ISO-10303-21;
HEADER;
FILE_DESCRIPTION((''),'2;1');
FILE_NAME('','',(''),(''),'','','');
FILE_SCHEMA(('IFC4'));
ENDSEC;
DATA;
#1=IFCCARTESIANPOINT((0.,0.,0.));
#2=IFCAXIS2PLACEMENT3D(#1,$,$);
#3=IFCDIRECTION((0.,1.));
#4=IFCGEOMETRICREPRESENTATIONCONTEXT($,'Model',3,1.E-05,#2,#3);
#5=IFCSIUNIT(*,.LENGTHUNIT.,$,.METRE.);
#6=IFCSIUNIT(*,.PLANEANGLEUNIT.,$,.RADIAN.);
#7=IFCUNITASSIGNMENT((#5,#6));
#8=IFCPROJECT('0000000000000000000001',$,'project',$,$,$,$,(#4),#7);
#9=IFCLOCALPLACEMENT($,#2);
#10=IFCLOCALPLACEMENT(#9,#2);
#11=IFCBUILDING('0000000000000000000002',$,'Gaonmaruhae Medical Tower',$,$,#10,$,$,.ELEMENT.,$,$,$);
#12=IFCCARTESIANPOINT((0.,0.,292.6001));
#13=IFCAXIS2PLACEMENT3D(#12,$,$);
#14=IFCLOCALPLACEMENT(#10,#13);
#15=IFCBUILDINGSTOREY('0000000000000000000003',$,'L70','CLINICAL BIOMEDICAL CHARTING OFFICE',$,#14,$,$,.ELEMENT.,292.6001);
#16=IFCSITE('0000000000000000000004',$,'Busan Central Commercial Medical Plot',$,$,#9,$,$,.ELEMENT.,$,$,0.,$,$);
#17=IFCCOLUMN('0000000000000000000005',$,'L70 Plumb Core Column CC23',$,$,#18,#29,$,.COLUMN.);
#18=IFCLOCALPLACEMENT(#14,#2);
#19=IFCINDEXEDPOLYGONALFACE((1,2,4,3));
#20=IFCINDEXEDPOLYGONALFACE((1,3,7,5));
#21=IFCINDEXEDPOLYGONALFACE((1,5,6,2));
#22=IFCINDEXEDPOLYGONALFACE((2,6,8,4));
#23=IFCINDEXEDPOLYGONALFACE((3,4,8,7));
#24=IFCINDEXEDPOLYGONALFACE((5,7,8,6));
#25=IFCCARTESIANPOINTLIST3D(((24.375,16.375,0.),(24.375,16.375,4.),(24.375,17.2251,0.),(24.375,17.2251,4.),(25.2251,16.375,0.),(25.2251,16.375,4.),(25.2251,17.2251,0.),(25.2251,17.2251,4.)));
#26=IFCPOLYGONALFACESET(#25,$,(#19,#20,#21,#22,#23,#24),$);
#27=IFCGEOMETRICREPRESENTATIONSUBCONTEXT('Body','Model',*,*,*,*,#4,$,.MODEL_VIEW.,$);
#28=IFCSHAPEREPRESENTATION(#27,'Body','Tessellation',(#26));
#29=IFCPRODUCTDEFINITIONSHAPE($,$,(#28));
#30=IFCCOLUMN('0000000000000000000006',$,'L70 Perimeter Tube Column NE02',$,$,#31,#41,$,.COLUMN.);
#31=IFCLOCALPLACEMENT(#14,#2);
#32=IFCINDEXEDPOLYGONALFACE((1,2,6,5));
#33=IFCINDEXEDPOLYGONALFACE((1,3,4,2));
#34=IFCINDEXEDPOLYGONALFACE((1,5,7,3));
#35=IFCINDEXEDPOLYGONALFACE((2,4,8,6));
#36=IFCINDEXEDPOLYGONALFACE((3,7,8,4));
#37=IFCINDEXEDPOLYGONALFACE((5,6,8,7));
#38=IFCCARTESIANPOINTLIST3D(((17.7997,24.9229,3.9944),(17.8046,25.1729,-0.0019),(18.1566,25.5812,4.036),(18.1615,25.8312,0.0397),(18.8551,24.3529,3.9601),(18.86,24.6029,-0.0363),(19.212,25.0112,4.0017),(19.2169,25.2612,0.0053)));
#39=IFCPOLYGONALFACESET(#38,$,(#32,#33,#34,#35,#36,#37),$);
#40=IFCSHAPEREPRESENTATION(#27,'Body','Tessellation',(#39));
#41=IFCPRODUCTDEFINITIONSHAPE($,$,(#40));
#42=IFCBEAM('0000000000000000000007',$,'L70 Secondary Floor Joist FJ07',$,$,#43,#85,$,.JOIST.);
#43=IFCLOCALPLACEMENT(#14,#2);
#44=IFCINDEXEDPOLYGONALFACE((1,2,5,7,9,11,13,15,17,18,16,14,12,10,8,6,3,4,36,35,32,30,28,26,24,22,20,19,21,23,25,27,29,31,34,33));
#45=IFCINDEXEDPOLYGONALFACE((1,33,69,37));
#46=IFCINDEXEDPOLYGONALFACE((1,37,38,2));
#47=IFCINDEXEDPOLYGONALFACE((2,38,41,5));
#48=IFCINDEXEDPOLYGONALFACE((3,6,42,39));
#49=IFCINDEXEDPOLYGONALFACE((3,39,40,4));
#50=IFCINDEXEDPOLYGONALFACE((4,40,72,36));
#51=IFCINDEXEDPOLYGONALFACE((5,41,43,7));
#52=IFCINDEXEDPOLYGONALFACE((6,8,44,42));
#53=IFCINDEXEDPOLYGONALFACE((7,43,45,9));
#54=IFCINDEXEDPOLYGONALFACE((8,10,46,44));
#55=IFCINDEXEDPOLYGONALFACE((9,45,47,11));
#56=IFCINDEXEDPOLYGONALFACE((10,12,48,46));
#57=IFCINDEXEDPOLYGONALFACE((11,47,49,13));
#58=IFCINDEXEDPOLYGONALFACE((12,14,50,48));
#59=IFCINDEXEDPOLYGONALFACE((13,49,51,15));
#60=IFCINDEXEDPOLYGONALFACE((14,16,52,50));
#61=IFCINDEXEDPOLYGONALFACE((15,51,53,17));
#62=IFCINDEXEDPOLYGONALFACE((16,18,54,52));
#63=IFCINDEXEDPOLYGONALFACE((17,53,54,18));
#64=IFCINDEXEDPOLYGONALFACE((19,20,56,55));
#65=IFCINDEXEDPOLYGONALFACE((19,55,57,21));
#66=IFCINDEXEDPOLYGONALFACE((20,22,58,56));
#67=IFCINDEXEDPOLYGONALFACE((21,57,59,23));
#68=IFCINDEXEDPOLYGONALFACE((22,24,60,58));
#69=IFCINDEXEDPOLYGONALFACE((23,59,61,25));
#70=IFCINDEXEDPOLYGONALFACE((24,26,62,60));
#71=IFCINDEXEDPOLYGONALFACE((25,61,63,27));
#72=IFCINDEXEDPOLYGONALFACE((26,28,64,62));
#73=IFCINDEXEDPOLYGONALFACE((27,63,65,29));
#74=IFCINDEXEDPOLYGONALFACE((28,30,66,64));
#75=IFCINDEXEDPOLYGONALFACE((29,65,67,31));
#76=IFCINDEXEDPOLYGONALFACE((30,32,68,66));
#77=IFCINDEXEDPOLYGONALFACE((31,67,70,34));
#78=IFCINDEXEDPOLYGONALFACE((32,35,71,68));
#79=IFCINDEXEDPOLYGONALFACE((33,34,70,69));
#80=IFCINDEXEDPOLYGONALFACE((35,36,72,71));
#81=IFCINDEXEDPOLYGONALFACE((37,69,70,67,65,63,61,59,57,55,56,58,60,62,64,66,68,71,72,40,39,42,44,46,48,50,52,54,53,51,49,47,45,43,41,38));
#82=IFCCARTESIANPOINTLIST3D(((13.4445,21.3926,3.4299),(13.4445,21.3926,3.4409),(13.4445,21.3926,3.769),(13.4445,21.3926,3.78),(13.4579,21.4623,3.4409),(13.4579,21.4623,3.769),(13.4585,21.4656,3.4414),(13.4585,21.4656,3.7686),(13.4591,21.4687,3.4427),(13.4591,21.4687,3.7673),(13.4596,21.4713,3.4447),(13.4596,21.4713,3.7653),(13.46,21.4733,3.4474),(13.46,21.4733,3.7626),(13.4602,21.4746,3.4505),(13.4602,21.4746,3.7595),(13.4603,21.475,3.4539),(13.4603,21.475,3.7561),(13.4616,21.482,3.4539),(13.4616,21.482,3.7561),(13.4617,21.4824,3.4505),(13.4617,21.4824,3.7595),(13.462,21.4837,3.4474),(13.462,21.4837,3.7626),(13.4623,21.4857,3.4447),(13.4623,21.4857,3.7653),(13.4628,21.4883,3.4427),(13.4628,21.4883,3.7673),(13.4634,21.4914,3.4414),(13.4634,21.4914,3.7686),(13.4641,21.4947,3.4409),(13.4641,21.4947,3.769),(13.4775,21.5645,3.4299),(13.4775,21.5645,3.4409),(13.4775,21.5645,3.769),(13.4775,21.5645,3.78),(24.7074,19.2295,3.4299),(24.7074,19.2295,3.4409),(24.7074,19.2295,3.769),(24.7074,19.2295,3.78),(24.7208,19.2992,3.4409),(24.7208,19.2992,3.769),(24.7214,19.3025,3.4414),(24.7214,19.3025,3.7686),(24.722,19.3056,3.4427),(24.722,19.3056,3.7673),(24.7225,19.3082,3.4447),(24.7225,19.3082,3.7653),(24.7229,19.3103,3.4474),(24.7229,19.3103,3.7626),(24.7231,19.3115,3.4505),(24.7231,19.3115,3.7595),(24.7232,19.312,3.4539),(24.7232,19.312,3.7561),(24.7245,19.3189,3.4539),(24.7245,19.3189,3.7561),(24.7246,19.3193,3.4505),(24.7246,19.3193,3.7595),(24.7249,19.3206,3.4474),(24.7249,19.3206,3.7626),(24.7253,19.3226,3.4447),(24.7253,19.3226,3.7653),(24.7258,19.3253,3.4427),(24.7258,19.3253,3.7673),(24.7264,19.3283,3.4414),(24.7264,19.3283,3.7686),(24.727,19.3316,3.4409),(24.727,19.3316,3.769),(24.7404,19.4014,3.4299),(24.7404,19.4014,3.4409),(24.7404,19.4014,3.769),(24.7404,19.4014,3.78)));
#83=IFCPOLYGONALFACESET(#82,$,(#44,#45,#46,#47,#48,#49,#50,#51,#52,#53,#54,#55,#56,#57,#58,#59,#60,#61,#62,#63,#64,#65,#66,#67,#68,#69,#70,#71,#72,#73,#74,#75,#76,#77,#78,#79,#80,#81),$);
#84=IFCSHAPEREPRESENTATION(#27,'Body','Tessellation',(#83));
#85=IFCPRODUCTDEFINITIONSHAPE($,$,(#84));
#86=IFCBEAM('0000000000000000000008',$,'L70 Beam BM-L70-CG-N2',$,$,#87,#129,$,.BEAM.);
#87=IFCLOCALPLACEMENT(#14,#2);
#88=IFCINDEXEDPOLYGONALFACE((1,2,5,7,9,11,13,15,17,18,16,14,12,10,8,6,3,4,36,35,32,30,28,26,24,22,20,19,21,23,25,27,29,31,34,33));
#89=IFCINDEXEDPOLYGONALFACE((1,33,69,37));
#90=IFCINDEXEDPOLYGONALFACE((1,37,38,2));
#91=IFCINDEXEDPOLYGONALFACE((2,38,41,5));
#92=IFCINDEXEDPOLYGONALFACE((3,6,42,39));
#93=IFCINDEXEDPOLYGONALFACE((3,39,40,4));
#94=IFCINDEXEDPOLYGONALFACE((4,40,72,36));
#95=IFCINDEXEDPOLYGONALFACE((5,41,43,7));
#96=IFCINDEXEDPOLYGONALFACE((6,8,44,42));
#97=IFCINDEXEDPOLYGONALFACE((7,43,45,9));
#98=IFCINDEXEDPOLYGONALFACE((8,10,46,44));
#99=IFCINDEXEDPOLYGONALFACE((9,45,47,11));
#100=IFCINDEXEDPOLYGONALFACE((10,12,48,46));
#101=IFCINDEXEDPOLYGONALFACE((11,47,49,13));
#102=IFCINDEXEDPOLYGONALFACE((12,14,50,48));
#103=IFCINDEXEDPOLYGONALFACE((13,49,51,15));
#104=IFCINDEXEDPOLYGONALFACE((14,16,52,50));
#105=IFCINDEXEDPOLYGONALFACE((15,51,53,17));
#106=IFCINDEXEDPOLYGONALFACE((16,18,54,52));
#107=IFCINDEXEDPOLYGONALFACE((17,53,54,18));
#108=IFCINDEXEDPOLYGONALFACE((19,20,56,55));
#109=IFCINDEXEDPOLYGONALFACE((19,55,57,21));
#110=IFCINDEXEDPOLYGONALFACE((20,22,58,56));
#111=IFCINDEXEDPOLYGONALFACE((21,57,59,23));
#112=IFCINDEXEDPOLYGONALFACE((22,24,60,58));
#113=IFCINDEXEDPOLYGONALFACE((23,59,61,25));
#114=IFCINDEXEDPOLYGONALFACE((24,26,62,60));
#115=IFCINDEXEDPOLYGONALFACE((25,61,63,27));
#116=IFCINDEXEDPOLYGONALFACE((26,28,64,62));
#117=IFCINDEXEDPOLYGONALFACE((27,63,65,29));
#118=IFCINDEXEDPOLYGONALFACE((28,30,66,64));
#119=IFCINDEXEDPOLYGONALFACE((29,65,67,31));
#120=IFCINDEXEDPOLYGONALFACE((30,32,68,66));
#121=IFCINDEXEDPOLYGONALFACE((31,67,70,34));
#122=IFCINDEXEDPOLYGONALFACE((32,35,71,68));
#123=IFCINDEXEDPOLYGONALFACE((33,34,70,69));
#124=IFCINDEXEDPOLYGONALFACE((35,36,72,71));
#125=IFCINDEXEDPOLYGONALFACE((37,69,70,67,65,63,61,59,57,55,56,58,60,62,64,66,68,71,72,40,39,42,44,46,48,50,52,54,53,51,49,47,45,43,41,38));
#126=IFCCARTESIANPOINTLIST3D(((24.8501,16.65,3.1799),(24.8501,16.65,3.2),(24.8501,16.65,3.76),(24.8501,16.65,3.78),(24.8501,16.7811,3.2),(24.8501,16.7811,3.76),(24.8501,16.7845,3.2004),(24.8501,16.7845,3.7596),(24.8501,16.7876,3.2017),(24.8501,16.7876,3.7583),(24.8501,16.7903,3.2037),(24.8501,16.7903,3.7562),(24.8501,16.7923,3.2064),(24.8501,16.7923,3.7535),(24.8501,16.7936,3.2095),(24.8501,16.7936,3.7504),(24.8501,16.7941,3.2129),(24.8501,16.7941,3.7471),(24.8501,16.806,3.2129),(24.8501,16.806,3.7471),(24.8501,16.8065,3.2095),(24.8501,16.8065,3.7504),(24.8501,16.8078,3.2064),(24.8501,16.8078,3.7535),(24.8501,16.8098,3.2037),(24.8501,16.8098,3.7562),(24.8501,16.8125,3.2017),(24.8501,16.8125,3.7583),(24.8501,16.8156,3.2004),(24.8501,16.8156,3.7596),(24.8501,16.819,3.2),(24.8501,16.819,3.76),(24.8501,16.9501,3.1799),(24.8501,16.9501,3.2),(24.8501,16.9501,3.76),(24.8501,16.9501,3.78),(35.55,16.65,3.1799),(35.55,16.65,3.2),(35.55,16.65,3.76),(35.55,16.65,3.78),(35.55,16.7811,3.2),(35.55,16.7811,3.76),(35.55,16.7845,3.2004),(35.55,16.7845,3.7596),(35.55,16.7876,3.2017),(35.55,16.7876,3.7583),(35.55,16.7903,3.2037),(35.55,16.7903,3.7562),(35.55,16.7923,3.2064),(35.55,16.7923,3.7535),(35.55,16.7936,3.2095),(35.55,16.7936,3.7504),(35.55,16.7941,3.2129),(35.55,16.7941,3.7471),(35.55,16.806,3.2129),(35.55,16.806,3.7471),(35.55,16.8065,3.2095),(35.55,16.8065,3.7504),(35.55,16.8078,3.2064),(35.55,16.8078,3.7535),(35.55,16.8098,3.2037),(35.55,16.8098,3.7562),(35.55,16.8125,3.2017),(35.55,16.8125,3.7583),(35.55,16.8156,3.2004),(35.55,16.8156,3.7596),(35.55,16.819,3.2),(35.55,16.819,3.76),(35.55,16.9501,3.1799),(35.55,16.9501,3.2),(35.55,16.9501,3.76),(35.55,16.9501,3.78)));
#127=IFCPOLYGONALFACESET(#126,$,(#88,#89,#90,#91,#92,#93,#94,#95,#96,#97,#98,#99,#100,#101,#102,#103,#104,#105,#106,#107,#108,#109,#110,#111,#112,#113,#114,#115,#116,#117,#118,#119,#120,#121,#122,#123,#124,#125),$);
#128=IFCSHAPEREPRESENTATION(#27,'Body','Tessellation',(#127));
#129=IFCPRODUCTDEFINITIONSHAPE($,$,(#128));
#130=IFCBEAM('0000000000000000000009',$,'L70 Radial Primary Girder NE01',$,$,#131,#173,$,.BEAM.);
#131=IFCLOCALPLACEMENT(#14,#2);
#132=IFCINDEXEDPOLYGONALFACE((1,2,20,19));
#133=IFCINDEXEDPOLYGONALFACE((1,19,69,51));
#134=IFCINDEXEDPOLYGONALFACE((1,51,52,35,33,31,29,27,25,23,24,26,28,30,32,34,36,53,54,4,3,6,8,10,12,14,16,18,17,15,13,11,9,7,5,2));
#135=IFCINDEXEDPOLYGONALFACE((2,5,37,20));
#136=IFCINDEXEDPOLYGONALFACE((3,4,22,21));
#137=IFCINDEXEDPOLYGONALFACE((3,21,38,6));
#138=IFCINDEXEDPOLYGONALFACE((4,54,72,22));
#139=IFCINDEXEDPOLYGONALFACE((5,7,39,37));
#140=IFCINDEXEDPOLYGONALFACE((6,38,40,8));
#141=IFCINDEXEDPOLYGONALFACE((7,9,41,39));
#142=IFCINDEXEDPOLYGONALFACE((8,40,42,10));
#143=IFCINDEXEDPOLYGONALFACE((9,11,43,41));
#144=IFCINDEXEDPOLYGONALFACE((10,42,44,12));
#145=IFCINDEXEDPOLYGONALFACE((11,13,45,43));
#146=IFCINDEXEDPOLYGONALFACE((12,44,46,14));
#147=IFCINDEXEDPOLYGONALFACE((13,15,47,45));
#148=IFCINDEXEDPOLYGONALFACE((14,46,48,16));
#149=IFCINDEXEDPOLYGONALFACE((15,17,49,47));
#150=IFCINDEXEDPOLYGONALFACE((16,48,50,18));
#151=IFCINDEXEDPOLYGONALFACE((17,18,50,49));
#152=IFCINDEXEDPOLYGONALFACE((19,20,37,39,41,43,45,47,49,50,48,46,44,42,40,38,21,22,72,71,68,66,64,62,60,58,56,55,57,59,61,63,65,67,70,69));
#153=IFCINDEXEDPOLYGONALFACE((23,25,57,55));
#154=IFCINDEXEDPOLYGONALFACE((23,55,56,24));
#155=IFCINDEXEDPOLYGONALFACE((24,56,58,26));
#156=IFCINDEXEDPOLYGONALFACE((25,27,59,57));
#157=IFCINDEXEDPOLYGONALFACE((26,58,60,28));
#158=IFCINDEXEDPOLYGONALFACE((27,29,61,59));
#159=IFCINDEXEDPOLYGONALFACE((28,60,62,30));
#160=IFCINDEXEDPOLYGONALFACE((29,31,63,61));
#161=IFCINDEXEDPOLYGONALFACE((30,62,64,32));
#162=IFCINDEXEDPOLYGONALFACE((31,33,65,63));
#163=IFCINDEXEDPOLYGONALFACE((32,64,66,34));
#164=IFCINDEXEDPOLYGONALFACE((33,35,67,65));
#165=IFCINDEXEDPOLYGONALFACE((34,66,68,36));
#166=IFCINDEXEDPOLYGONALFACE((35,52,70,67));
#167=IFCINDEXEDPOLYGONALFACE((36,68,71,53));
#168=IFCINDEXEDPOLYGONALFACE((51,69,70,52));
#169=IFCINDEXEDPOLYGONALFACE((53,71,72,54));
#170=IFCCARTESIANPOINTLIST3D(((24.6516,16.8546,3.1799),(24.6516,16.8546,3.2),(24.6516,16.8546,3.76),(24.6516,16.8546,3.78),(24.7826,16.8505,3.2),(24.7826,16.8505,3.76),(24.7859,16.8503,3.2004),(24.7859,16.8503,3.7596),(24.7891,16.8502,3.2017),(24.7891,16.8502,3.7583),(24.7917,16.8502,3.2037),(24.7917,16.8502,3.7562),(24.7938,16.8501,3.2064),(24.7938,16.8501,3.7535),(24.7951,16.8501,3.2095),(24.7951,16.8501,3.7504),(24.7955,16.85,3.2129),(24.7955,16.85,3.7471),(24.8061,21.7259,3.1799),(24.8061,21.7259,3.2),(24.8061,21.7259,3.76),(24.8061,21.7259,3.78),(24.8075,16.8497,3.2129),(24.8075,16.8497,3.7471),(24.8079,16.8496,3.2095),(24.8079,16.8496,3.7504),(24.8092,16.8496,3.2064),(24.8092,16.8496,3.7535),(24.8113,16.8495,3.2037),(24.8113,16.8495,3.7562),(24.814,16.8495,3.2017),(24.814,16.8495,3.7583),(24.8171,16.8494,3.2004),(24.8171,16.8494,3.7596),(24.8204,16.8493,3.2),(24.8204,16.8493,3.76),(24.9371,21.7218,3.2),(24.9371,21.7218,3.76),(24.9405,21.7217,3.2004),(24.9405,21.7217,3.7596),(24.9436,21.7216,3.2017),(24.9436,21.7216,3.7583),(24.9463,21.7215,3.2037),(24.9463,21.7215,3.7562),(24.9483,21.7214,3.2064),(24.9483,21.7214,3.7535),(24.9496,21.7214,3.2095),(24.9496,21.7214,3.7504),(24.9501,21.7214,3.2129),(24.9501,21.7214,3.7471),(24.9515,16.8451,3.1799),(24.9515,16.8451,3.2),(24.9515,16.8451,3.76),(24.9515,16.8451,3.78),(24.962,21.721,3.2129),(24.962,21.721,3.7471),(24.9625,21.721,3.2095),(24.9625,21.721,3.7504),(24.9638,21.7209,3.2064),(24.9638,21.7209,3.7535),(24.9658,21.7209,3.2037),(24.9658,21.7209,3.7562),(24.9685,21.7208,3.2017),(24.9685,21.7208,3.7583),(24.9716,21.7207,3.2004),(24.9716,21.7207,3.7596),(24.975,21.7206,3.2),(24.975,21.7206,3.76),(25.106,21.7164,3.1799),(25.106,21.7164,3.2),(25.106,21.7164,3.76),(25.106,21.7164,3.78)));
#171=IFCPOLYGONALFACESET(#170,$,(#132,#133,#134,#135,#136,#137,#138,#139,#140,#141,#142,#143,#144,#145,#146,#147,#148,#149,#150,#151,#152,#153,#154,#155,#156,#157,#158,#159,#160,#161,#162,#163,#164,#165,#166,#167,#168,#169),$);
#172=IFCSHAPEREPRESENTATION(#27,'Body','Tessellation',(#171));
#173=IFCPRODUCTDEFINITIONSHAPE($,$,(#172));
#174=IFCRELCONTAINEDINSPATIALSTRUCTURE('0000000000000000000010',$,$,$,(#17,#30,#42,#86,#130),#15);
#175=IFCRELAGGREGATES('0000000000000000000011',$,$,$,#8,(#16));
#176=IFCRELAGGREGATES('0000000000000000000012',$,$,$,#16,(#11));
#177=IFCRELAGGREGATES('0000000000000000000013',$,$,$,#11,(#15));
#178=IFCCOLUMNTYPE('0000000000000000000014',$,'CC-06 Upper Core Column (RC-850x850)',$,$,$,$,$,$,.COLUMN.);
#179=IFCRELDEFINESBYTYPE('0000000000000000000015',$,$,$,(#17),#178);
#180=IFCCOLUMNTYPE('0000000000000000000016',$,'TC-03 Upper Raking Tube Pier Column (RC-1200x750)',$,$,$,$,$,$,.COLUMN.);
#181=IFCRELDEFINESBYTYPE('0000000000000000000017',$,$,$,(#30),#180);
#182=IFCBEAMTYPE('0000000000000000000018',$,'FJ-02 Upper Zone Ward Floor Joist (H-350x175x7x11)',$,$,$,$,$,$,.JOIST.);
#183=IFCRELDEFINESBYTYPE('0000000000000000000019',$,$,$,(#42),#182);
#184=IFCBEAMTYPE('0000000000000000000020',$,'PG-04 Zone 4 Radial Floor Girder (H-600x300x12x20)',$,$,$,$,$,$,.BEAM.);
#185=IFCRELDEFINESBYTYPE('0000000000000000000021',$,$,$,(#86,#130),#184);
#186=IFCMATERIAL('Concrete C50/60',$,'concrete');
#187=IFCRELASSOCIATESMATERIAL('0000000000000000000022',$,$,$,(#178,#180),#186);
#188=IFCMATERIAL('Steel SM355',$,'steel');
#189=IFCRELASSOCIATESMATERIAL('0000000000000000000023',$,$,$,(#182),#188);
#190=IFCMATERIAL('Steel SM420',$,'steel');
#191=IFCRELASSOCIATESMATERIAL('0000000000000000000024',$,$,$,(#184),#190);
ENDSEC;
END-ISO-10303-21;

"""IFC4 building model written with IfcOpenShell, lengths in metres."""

from ifc_helpers import new_model, si_unit, direction, frame, origin, origin_2d, place, context, subcontext, project, spatial, rectangle, i_section, extrude, material, material_profile, profile_set, type_object, element, save


model = new_model("IFC4")

# Units and contexts
model_context = context("Model", 3, precision=1e-05, world=origin(), true_north=direction((0.0, 1.0)))
body_context = subcontext(model_context, "Body", "Model", "MODEL_VIEW")
ifc_project = project(units=[si_unit("LENGTHUNIT", "METRE"), si_unit("PLANEANGLEUNIT", "RADIAN")], contexts=[model_context])

# Site, building, storey
site_placement = place(None, origin())
site = spatial("IfcSite", under=ifc_project, at=site_placement, Name="Busan Central Commercial Medical Plot", CompositionType="ELEMENT", RefElevation=0.0)
building_placement = place(site_placement, origin())
building = spatial("IfcBuilding", under=site, at=building_placement, Name="Gaonmaruhae Medical Tower", CompositionType="ELEMENT")
storey_placement = place(building_placement, frame((0.0, 0.0, 292.6001)))
storey = spatial("IfcBuildingStorey", under=building, at=storey_placement, Name="L70", Description="CLINICAL BIOMEDICAL CHARTING OFFICE", CompositionType="ELEMENT", Elevation=292.6001)

# Columns
ifc_material_1 = material(Name="Concrete C50/60", Category="concrete")
ifc_material_profile_1 = material_profile(ifc_material_1, rectangle(XDim=0.8501, YDim=0.8501, at=origin_2d()), Name="RC-850x850")
ifc_profile_set_1 = profile_set([ifc_material_profile_1], Name="Concrete C50/60")
column_type_1 = type_object("IfcColumnType", Name="CC-06 Upper Core Column (RC-850x850)", PredefinedType="COLUMN", material=ifc_profile_set_1)
column_1_placement = place(storey_placement, frame((24.8, 16.8, 0.0), z_axis=(0.0, 0.0, 1.0), x_axis=(1.0, 0.0, 0.0)))
element("IfcColumn", 1, at=column_1_placement, inside=storey, type_object=column_type_1, Name="L70 Plumb Core Column CC23", PredefinedType="COLUMN", context=body_context, shape_type="SweptSolid", body=[
    extrude(rectangle(XDim=0.8501, YDim=0.8501, at=origin_2d()), origin(), (0.0, 0.0, 1.0), 4.0),
])
ifc_material_profile_2 = material_profile(ifc_material_1, rectangle(XDim=1.2, YDim=0.75, at=origin_2d()), Name="RC-1200x750")
ifc_profile_set_2 = profile_set([ifc_material_profile_2], Name="Concrete C50/60")
column_type_2 = type_object("IfcColumnType", Name="TC-03 Upper Raking Tube Pier Column (RC-1200x750)", PredefinedType="COLUMN", material=ifc_profile_set_2)
column_2_placement = place(storey_placement, frame((18.5107, 25.217, 0.0017), z_axis=(-0.001219, -0.062435, 0.998048), x_axis=(-0.879509, 0.47502, 0.028641)))
element("IfcColumn", 2, at=column_2_placement, inside=storey, type_object=column_type_2, Name="L70 Perimeter Tube Column NE02", PredefinedType="COLUMN", context=body_context, shape_type="SweptSolid", body=[
    extrude(rectangle(XDim=1.2, YDim=0.75, at=origin_2d()), origin(), (0.0, 0.0, 1.0), 4.0042),
])

# Beams
ifc_material_2 = material(Name="Steel SM355", Category="steel")
ifc_material_profile_3 = material_profile(ifc_material_2, i_section(OverallWidth=0.175, OverallDepth=0.3501, WebThickness=0.0071, FlangeThickness=0.011, FilletRadius=0.0129, at=origin_2d()), Name="H-350x175x7x11")
ifc_profile_set_3 = profile_set([ifc_material_profile_3], Name="Steel SM355")
beam_type_1 = type_object("IfcBeamType", Name="FJ-02 Upper Zone Ward Floor Joist (H-350x175x7x11)", PredefinedType="JOIST", material=ifc_profile_set_3)
beam_1_placement = place(storey_placement, frame((24.7239, 19.3154, 3.605), z_axis=(-0.982053, 0.188607, 0.0), x_axis=(-0.188607, -0.982053, 0.0)))
element("IfcBeam", 3, at=beam_1_placement, inside=storey, type_object=beam_type_1, Name="L70 Secondary Floor Joist FJ07", PredefinedType="JOIST", context=body_context, shape_type="SweptSolid", body=[
    extrude(i_section(OverallWidth=0.175, OverallDepth=0.3501, WebThickness=0.0071, FlangeThickness=0.011, FilletRadius=0.0129, at=origin_2d()), origin(), (0.0, 0.0, 1.0), 11.4688),
])
ifc_material_3 = material(Name="Steel SM420", Category="steel")
ifc_material_profile_4 = material_profile(ifc_material_3, i_section(OverallWidth=0.3, OverallDepth=0.6001, WebThickness=0.012, FlangeThickness=0.02, FilletRadius=0.0129, at=origin_2d()), Name="H-600x300x12x20")
ifc_profile_set_4 = profile_set([ifc_material_profile_4], Name="Steel SM420")
beam_type_2 = type_object("IfcBeamType", Name="PG-04 Zone 4 Radial Floor Girder (H-600x300x12x20)", PredefinedType="BEAM", material=ifc_profile_set_4)
beam_2_placement = place(storey_placement, frame((24.8501, 16.8, 3.48), z_axis=(1.0, 0.0, 0.0), x_axis=(0.0, 1.0, 0.0)))
element("IfcBeam", 4, at=beam_2_placement, inside=storey, type_object=beam_type_2, Name="L70 Beam BM-L70-CG-N2", PredefinedType="BEAM", context=body_context, shape_type="SweptSolid", body=[
    extrude(i_section(OverallWidth=0.3, OverallDepth=0.6001, WebThickness=0.012, FlangeThickness=0.02, FilletRadius=0.0129, at=origin_2d()), origin(), (0.0, 0.0, 1.0), 10.7),
])
beam_3_placement = place(storey_placement, frame((24.8015, 16.8499, 3.48), z_axis=(0.031709, 0.999497, 0.0), x_axis=(-0.999497, 0.031709, 0.0)))
element("IfcBeam", 5, at=beam_3_placement, inside=storey, type_object=beam_type_2, Name="L70 Radial Primary Girder NE01", PredefinedType="BEAM", context=body_context, shape_type="SweptSolid", body=[
    extrude(i_section(OverallWidth=0.3, OverallDepth=0.6001, WebThickness=0.012, FlangeThickness=0.02, FilletRadius=0.0129, at=origin_2d()), origin(), (0.0, 0.0, 1.0), 4.8738),
])

save(model, "model.ifc")
